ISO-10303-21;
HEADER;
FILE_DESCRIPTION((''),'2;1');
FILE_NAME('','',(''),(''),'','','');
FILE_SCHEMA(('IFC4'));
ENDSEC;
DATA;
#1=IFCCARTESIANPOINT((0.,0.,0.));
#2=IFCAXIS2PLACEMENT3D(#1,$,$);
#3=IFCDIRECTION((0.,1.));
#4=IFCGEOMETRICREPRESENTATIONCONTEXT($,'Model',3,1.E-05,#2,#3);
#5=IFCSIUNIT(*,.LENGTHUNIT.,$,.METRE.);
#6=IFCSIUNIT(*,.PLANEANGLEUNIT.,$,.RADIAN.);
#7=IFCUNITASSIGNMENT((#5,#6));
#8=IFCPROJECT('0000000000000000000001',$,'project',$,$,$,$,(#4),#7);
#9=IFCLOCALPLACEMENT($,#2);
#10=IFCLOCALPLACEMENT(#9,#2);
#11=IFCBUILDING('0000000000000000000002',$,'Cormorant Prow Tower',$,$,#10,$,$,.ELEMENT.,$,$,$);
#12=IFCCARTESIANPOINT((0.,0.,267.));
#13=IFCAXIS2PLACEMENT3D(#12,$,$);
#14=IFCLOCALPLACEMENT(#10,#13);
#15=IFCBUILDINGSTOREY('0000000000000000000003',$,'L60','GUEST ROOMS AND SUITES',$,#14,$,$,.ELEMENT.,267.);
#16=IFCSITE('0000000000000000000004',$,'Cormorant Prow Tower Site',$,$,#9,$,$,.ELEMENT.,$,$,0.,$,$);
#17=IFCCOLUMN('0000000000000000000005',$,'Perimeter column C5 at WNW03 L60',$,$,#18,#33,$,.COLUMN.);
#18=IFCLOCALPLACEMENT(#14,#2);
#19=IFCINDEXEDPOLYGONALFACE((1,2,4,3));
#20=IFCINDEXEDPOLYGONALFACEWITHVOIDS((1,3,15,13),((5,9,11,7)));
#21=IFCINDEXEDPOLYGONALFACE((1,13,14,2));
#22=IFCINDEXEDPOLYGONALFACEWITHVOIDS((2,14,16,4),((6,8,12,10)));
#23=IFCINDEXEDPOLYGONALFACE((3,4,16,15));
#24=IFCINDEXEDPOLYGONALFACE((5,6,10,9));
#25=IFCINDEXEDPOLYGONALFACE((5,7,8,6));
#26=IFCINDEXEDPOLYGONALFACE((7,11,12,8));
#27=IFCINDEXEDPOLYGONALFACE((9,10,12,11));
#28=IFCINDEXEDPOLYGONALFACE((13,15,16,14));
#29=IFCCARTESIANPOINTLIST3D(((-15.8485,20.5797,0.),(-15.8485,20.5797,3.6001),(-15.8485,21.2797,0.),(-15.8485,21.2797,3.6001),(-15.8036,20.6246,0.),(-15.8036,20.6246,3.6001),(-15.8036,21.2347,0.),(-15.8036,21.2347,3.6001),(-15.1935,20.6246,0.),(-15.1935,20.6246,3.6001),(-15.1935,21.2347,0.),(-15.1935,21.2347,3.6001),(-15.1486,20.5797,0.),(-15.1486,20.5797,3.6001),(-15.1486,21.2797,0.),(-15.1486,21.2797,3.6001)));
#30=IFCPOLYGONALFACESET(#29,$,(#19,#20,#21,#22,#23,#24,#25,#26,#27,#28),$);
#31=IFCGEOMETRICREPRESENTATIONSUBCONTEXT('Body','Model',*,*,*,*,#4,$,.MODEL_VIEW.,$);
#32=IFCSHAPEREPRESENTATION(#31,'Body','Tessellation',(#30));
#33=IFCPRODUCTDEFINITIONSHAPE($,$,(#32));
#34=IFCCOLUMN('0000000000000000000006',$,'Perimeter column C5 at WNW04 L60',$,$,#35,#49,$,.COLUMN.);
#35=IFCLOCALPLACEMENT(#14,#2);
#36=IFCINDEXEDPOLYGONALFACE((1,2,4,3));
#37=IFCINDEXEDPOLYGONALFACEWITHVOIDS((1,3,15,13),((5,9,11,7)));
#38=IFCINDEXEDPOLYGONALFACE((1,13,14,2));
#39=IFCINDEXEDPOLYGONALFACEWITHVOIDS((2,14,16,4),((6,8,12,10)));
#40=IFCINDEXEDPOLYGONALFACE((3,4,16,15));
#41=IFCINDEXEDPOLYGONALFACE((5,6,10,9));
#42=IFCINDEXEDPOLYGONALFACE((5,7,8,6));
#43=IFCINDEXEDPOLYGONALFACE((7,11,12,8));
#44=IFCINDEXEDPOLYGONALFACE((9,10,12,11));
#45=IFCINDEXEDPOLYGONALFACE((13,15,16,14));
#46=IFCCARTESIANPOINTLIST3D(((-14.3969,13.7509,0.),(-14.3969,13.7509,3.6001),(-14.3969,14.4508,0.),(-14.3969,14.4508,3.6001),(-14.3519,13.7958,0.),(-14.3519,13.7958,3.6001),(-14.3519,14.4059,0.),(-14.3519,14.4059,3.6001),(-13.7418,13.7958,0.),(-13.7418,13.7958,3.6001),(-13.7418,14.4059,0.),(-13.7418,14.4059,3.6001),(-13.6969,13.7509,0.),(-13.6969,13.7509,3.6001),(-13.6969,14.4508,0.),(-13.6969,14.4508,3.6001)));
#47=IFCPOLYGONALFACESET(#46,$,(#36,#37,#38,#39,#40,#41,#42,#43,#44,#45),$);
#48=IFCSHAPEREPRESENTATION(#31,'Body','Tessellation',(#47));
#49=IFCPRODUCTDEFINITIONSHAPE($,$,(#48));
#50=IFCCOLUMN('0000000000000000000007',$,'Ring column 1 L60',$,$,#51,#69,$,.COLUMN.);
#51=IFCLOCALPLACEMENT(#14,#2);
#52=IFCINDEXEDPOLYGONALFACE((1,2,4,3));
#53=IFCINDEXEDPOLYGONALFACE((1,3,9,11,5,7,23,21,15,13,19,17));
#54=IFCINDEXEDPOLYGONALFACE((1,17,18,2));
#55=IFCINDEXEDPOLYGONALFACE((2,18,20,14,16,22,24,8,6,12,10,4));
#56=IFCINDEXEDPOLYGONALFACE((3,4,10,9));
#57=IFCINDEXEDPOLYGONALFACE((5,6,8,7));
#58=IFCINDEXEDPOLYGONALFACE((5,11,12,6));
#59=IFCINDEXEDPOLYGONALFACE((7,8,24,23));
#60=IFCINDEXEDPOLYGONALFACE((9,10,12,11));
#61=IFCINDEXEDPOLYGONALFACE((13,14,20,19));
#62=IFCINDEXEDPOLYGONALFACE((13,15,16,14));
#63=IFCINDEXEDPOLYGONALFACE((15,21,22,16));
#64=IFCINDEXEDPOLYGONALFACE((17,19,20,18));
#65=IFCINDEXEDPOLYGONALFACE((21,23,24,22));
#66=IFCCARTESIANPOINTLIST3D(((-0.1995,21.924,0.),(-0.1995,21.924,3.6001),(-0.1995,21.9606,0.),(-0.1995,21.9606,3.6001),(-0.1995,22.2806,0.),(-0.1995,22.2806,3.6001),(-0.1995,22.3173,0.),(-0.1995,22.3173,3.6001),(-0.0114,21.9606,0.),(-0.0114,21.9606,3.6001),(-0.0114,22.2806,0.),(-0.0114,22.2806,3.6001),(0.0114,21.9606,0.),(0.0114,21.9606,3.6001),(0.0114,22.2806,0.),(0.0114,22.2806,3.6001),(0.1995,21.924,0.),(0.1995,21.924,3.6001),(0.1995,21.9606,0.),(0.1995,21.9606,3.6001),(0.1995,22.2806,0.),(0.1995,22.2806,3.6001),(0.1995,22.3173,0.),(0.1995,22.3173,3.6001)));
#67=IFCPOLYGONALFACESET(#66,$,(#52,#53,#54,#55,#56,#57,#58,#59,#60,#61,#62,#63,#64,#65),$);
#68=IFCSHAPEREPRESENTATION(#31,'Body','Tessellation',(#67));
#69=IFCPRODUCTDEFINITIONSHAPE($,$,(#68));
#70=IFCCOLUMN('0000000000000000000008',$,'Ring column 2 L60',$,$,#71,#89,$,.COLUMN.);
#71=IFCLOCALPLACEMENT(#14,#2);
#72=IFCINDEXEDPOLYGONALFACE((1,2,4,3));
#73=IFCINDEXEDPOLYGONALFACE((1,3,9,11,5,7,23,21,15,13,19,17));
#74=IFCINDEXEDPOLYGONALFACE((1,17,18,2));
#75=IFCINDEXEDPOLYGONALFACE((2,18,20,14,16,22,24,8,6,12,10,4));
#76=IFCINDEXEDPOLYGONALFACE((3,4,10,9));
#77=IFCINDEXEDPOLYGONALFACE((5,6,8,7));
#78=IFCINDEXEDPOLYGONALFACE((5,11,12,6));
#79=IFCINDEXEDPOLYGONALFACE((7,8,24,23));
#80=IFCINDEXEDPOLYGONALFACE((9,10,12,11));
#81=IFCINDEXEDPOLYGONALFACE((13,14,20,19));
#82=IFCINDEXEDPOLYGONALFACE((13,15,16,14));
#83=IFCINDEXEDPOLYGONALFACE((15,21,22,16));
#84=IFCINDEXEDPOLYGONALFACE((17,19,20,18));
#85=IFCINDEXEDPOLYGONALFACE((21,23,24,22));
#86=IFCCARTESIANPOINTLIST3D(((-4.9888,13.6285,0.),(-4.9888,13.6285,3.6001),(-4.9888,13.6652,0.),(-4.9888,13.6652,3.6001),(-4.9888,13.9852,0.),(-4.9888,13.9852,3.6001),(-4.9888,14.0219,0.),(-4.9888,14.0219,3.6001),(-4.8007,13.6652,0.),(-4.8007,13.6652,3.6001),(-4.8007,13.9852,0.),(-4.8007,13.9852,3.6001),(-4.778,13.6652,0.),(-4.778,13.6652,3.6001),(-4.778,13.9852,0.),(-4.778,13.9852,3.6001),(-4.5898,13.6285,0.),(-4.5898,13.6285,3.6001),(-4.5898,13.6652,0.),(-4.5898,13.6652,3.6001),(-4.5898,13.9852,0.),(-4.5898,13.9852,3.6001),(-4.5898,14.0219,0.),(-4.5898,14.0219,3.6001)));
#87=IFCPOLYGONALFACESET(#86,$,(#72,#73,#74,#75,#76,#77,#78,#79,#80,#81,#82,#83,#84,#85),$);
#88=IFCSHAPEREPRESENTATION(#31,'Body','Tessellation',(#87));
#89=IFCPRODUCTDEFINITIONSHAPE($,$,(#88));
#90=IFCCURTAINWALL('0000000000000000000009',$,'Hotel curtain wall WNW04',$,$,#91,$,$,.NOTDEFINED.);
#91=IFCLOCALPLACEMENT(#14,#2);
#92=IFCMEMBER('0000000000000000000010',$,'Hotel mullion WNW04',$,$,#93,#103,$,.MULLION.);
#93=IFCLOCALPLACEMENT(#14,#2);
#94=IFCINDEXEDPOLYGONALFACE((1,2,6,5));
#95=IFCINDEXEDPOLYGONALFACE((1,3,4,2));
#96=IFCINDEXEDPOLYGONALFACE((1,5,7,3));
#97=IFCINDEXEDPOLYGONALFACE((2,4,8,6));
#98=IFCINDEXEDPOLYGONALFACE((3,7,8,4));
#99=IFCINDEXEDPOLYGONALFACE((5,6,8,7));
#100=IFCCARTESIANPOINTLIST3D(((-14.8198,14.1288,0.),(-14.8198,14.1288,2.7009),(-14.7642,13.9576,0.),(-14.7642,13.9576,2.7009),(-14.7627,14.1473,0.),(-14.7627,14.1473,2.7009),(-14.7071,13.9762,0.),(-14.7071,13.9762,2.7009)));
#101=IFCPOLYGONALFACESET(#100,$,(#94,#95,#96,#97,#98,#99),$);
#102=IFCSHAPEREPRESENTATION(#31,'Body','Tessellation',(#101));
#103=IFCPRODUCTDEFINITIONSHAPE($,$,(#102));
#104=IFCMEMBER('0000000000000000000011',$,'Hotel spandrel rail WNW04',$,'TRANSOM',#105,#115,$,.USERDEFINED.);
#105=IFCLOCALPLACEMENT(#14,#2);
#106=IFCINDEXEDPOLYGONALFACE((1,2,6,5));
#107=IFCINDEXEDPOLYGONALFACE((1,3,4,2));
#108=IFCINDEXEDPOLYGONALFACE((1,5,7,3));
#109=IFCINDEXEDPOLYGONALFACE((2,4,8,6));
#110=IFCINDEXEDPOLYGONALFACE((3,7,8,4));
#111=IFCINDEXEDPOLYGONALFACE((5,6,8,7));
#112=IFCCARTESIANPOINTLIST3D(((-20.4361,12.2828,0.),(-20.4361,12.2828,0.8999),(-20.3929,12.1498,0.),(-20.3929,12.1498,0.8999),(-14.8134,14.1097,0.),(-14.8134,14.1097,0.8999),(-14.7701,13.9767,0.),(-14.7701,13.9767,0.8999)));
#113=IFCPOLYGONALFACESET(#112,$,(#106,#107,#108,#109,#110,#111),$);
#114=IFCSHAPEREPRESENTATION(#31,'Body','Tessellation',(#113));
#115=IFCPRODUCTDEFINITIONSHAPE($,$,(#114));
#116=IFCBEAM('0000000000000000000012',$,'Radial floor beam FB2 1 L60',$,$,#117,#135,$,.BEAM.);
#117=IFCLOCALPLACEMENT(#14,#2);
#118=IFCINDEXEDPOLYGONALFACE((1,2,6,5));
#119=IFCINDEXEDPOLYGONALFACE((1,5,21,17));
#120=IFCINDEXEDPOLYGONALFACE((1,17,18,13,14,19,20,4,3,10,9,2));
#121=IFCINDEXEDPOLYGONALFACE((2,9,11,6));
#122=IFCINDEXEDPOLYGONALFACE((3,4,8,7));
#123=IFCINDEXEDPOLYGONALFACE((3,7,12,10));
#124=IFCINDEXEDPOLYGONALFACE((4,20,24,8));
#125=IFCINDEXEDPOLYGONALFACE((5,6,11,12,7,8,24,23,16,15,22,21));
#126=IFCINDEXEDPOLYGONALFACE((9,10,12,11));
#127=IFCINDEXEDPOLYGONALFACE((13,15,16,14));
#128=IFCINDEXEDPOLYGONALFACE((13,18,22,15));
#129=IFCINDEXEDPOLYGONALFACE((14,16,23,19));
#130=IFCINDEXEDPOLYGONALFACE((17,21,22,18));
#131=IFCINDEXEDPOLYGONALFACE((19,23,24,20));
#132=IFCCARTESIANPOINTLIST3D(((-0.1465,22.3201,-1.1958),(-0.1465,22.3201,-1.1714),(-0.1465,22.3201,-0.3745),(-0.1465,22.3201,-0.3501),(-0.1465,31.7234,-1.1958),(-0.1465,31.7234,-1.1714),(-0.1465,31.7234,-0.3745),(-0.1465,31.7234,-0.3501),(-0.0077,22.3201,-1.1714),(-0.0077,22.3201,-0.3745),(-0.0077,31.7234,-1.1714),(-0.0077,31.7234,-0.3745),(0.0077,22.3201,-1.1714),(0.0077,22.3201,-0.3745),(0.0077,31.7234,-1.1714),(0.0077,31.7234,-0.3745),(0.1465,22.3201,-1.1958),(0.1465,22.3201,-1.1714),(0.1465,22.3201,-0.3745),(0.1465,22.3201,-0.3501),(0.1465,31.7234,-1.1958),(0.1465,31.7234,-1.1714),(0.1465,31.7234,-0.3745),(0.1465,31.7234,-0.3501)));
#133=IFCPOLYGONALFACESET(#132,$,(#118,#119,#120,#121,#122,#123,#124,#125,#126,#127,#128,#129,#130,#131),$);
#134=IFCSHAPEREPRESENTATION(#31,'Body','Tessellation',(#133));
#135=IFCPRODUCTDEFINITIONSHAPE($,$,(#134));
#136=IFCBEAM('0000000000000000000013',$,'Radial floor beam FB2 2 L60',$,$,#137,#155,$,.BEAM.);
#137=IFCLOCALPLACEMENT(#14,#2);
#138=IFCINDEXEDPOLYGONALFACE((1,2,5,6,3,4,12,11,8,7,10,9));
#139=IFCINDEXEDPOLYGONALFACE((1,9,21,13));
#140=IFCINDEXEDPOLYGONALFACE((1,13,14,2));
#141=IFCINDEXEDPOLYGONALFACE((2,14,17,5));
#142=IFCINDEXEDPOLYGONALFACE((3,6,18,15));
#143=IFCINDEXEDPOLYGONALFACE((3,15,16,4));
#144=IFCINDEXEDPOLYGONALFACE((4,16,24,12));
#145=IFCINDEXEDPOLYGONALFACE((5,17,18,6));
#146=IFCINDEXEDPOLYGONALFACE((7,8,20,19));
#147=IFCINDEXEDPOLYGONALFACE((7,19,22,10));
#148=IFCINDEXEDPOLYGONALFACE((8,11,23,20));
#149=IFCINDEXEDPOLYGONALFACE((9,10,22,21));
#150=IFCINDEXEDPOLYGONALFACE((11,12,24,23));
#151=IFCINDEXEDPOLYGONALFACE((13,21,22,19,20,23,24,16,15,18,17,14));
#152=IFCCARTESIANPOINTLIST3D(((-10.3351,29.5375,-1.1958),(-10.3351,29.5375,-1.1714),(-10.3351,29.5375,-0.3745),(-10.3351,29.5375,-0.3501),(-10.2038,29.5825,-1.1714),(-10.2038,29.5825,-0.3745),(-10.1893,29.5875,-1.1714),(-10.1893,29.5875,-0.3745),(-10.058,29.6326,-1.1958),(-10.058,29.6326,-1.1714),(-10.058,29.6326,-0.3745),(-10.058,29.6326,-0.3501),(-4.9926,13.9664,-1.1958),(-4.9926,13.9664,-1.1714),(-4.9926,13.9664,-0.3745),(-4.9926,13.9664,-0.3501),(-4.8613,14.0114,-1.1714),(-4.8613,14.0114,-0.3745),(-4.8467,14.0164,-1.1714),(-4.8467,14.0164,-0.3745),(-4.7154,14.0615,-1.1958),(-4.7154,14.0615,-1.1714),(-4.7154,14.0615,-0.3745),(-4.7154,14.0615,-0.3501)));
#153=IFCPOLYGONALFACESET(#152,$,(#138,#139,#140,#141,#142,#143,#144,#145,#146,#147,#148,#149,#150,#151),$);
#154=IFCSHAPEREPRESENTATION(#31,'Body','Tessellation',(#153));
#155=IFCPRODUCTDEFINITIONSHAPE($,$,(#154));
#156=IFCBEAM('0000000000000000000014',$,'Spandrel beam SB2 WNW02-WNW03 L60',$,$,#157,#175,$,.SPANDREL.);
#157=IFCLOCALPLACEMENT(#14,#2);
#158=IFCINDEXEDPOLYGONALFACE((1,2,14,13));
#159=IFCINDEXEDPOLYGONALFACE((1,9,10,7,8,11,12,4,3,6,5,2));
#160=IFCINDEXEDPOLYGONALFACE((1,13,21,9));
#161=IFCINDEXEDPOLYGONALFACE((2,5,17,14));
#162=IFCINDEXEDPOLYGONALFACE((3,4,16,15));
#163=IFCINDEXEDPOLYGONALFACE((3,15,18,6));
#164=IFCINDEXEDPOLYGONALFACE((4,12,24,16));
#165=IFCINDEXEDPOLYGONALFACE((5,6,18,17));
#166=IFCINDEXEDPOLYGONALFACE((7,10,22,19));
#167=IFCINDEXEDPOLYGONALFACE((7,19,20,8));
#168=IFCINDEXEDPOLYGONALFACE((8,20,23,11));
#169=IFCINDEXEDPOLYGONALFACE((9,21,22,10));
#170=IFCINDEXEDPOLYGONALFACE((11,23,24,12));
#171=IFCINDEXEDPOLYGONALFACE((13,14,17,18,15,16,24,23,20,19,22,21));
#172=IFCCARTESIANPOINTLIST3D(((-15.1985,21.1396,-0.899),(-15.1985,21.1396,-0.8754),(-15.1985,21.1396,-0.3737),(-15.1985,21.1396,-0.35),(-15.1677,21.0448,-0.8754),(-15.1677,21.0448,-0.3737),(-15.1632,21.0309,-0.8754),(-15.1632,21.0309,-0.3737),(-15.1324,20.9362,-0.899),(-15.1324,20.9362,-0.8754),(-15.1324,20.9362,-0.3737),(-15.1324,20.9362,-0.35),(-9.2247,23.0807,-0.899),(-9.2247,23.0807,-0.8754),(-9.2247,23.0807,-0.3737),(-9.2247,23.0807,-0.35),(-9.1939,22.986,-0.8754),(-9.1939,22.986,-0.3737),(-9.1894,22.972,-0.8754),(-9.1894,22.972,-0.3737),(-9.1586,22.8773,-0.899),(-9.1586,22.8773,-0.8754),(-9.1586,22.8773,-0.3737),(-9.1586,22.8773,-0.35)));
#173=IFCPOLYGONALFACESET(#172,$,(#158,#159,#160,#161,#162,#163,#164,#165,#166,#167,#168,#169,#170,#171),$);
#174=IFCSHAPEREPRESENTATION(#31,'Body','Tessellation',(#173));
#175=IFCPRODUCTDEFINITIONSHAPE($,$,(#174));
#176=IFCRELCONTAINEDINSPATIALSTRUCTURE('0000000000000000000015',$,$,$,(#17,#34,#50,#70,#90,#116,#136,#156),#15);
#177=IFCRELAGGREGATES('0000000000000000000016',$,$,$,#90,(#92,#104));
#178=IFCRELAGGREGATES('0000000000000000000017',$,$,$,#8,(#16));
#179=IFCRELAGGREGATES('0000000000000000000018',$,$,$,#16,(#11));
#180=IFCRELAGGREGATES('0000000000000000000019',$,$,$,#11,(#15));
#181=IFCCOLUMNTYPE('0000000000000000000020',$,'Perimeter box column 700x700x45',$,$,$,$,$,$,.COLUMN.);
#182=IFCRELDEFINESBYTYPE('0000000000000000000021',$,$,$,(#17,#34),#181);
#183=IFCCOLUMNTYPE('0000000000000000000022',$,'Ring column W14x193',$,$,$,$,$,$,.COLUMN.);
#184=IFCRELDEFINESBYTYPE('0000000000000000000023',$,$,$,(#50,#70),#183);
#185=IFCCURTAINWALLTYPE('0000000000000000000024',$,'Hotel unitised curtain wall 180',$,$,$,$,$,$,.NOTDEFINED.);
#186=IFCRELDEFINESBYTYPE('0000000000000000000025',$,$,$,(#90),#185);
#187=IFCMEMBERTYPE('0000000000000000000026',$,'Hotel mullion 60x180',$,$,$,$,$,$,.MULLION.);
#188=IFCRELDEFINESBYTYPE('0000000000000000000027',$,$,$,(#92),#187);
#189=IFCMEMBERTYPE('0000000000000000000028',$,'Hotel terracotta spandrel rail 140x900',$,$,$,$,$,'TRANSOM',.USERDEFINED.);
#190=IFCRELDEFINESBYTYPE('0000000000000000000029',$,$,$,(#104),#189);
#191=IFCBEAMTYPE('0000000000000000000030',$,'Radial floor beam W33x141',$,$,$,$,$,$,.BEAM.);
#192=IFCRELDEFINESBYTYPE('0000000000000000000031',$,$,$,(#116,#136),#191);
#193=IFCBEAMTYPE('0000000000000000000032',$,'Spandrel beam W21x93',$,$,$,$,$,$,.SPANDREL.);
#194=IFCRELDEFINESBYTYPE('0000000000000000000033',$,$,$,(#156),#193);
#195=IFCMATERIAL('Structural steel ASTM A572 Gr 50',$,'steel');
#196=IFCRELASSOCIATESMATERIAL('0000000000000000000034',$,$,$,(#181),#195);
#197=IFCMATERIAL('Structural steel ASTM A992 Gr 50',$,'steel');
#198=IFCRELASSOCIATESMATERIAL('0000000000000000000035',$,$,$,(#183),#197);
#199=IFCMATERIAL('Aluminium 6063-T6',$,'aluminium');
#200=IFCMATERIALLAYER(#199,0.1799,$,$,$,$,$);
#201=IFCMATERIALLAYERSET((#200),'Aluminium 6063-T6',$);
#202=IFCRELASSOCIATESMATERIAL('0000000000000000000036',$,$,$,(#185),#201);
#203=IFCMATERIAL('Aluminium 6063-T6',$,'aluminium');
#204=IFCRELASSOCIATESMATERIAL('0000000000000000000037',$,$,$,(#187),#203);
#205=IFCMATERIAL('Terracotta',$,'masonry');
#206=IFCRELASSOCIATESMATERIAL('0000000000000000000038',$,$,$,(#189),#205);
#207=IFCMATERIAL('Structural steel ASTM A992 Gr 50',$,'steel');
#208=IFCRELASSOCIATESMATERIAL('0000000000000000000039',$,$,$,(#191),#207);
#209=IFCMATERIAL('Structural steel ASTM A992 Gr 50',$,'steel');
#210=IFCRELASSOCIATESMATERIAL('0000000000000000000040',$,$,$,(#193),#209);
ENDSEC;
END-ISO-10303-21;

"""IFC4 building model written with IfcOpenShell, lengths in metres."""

from ifc_helpers import new_model, si_unit, direction, frame, origin, origin_2d, place, context, subcontext, project, spatial, rectangle, hollow_rectangle, i_section, extrude, material, layer, layer_set, material_profile, profile_set, type_object, element, aggregate, save


model = new_model("IFC4")

# Units and contexts
model_context = context("Model", 3, precision=1e-05, world=origin(), true_north=direction((0.0, 1.0)))
body_context = subcontext(model_context, "Body", "Model", "MODEL_VIEW")
ifc_project = project(units=[si_unit("LENGTHUNIT", "METRE"), si_unit("PLANEANGLEUNIT", "RADIAN")], contexts=[model_context])

# Site, building, storey
site_placement = place(None, origin())
site = spatial("IfcSite", under=ifc_project, at=site_placement, Name="Cormorant Prow Tower Site", CompositionType="ELEMENT", RefElevation=0.0)
building_placement = place(site_placement, origin())
building = spatial("IfcBuilding", under=site, at=building_placement, Name="Cormorant Prow Tower", CompositionType="ELEMENT")
storey_placement = place(building_placement, frame((0.0, 0.0, 267.0)))
storey = spatial("IfcBuildingStorey", under=building, at=storey_placement, Name="L60", Description="GUEST ROOMS AND SUITES", CompositionType="ELEMENT", Elevation=267.0)

# Columns
ifc_material_1 = material(Name="Structural steel ASTM A572 Gr 50", Category="steel")
ifc_material_profile_1 = material_profile(ifc_material_1, hollow_rectangle(XDim=0.7, YDim=0.7, WallThickness=0.0449, at=origin_2d()), Name="Box 700x700x45")
ifc_profile_set_1 = profile_set([ifc_material_profile_1], Name="Structural steel ASTM A572 Gr 50")
column_type_1 = type_object("IfcColumnType", Name="Perimeter box column 700x700x45", PredefinedType="COLUMN", material=ifc_profile_set_1)
for number, where, z_axis, x_axis, name in (
    (1, (-15.4985, 20.9297, 0.0), (0.0, 0.0, 1.0), (1.0, 0.0, 0.0), "Perimeter column C5 at WNW03 L60"),
    (2, (-14.0469, 14.1008, 0.0), (0.0, 0.0, 1.0), (1.0, 0.0, 0.0), "Perimeter column C5 at WNW04 L60"),
):
    element("IfcColumn", number, at=place(storey_placement, frame(where, z_axis=z_axis, x_axis=x_axis)), inside=storey, type_object=column_type_1, Name=name, PredefinedType="COLUMN", context=body_context, shape_type="SweptSolid", body=[
        extrude(hollow_rectangle(XDim=0.7, YDim=0.7, WallThickness=0.0449, at=origin_2d()), origin(), (0.0, 0.0, 1.0), 3.6001),
    ])
ifc_material_2 = material(Name="Structural steel ASTM A992 Gr 50", Category="steel")
ifc_material_profile_2 = material_profile(ifc_material_2, i_section(OverallWidth=0.3989, OverallDepth=0.3933, WebThickness=0.0227, FlangeThickness=0.0366, at=origin_2d()), Name="W14x193")
ifc_profile_set_2 = profile_set([ifc_material_profile_2], Name="Structural steel ASTM A992 Gr 50")
column_type_2 = type_object("IfcColumnType", Name="Ring column W14x193", PredefinedType="COLUMN", material=ifc_profile_set_2)
for number, where, z_axis, x_axis, name in (
    (3, (0.0, 22.1206, 0.0), (0.0, 0.0, 1.0), (1.0, 0.0, 0.0), "Ring column 1 L60"),
    (4, (-4.7893, 13.8252, 0.0), (0.0, 0.0, 1.0), (1.0, 0.0, 0.0), "Ring column 2 L60"),
):
    element("IfcColumn", number, at=place(storey_placement, frame(where, z_axis=z_axis, x_axis=x_axis)), inside=storey, type_object=column_type_2, Name=name, PredefinedType="COLUMN", context=body_context, shape_type="SweptSolid", body=[
        extrude(i_section(OverallWidth=0.3989, OverallDepth=0.3933, WebThickness=0.0227, FlangeThickness=0.0366, at=origin_2d()), origin(), (0.0, 0.0, 1.0), 3.6001),
    ])

# Curtain wall, members
ifc_material_3 = material(Name="Aluminium 6063-T6", Category="aluminium")
ifc_layer_1 = layer(ifc_material_3, 0.1799)
ifc_layer_set_1 = layer_set([ifc_layer_1], Name="Aluminium 6063-T6")
curtain_wall_type = type_object("IfcCurtainWallType", Name="Hotel unitised curtain wall 180", PredefinedType="NOTDEFINED", material=ifc_layer_set_1)
curtain_wall_1_placement = place(storey_placement, origin())
curtain_wall_1 = element("IfcCurtainWall", 5, at=curtain_wall_1_placement, inside=storey, type_object=curtain_wall_type, Name="Hotel curtain wall WNW04", PredefinedType="NOTDEFINED")
ifc_material_4 = material(Name="Aluminium 6063-T6", Category="aluminium")
ifc_material_profile_3 = material_profile(ifc_material_4, rectangle(XDim=0.1799, YDim=0.0601, at=origin_2d()), Name="Hotel mullion 60x180")
ifc_profile_set_3 = profile_set([ifc_material_profile_3], Name="Aluminium 6063-T6")
member_type_1 = type_object("IfcMemberType", Name="Hotel mullion 60x180", PredefinedType="MULLION", material=ifc_profile_set_3)
member_1_placement = place(storey_placement, frame((-14.7634, 14.0525, 0.0), z_axis=(0.0, 0.0, 1.0), x_axis=(0.309017, -0.951057, 0.0)))
member_1 = element("IfcMember", 6, at=member_1_placement, type_object=member_type_1, Name="Hotel mullion WNW04", PredefinedType="MULLION", context=body_context, shape_type="SweptSolid", body=[
    extrude(rectangle(XDim=0.1799, YDim=0.0601, at=origin_2d()), origin(), (0.0, 0.0, 1.0), 2.7009),
])
ifc_material_5 = material(Name="Terracotta", Category="masonry")
ifc_material_profile_4 = material_profile(ifc_material_5, rectangle(XDim=0.1399, YDim=0.8999, at=origin_2d()), Name="Hotel terracotta spandrel rail 140x900")
ifc_profile_set_4 = profile_set([ifc_material_profile_4], Name="Terracotta")
member_type_2 = type_object("IfcMemberType", Name="Hotel terracotta spandrel rail 140x900", ElementType="TRANSOM", PredefinedType="USERDEFINED", material=ifc_profile_set_4)
member_2_placement = place(storey_placement, frame((-14.7917, 14.0432, 0.45), z_axis=(-0.951059, -0.309009, 0.0), x_axis=(0.309009, -0.951059, 0.0)))
member_2 = element("IfcMember", 7, at=member_2_placement, type_object=member_type_2, Name="Hotel spandrel rail WNW04", ObjectType="TRANSOM", PredefinedType="USERDEFINED", context=body_context, shape_type="SweptSolid", body=[
    extrude(rectangle(XDim=0.1399, YDim=0.8999, at=origin_2d()), origin(), (0.0, 0.0, 1.0), 5.9121),
])

# Beams
ifc_material_6 = material(Name="Structural steel ASTM A992 Gr 50", Category="steel")
ifc_material_profile_5 = material_profile(ifc_material_6, i_section(OverallWidth=0.293, OverallDepth=0.8457, WebThickness=0.0154, FlangeThickness=0.0244, at=origin_2d()), Name="W33x141")
ifc_profile_set_5 = profile_set([ifc_material_profile_5], Name="Structural steel ASTM A992 Gr 50")
beam_type_1 = type_object("IfcBeamType", Name="Radial floor beam W33x141", PredefinedType="BEAM", material=ifc_profile_set_5)
beam_1_placement = place(storey_placement, frame((0.0, 22.3201, -0.7729), z_axis=(0.0, 1.0, 0.0), x_axis=(-1.0, 0.0, 0.0)))
element("IfcBeam", 8, at=beam_1_placement, inside=storey, type_object=beam_type_1, Name="Radial floor beam FB2 1 L60", PredefinedType="BEAM", context=body_context, shape_type="SweptSolid", body=[
    extrude(i_section(OverallWidth=0.293, OverallDepth=0.8457, WebThickness=0.0154, FlangeThickness=0.0244, at=origin_2d()), origin(), (0.0, 0.0, 1.0), 9.4033),
])
beam_2_placement = place(storey_placement, frame((-4.854, 14.0139, -0.7729), z_axis=(-0.324536, 0.945874, 0.0), x_axis=(-0.945874, -0.324536, 0.0)))
element("IfcBeam", 9, at=beam_2_placement, inside=storey, type_object=beam_type_1, Name="Radial floor beam FB2 2 L60", PredefinedType="BEAM", context=body_context, shape_type="SweptSolid", body=[
    extrude(i_section(OverallWidth=0.293, OverallDepth=0.8457, WebThickness=0.0154, FlangeThickness=0.0244, at=origin_2d()), origin(), (0.0, 0.0, 1.0), 16.4622),
])
ifc_material_7 = material(Name="Structural steel ASTM A992 Gr 50", Category="steel")
ifc_material_profile_6 = material_profile(ifc_material_7, i_section(OverallWidth=0.2139, OverallDepth=0.5491, WebThickness=0.0146, FlangeThickness=0.0237, at=origin_2d()), Name="W21x93")
ifc_profile_set_6 = profile_set([ifc_material_profile_6], Name="Structural steel ASTM A992 Gr 50")
beam_type_2 = type_object("IfcBeamType", Name="Spandrel beam W21x93", PredefinedType="SPANDREL", material=ifc_profile_set_6)
beam_3_placement = place(storey_placement, frame((-9.1917, 22.979, -0.6245), z_axis=(-0.95105, -0.309036, 0.0), x_axis=(0.309036, -0.95105, 0.0)))
element("IfcBeam", 10, at=beam_3_placement, inside=storey, type_object=beam_type_2, Name="Spandrel beam SB2 WNW02-WNW03 L60", PredefinedType="SPANDREL", context=body_context, shape_type="SweptSolid", body=[
    extrude(i_section(OverallWidth=0.2139, OverallDepth=0.5491, WebThickness=0.0146, FlangeThickness=0.0237, at=origin_2d()), origin(), (0.0, 0.0, 1.0), 6.2812),
])

aggregate(curtain_wall_1, [member_1, member_2])

save(model, "model.ifc")
